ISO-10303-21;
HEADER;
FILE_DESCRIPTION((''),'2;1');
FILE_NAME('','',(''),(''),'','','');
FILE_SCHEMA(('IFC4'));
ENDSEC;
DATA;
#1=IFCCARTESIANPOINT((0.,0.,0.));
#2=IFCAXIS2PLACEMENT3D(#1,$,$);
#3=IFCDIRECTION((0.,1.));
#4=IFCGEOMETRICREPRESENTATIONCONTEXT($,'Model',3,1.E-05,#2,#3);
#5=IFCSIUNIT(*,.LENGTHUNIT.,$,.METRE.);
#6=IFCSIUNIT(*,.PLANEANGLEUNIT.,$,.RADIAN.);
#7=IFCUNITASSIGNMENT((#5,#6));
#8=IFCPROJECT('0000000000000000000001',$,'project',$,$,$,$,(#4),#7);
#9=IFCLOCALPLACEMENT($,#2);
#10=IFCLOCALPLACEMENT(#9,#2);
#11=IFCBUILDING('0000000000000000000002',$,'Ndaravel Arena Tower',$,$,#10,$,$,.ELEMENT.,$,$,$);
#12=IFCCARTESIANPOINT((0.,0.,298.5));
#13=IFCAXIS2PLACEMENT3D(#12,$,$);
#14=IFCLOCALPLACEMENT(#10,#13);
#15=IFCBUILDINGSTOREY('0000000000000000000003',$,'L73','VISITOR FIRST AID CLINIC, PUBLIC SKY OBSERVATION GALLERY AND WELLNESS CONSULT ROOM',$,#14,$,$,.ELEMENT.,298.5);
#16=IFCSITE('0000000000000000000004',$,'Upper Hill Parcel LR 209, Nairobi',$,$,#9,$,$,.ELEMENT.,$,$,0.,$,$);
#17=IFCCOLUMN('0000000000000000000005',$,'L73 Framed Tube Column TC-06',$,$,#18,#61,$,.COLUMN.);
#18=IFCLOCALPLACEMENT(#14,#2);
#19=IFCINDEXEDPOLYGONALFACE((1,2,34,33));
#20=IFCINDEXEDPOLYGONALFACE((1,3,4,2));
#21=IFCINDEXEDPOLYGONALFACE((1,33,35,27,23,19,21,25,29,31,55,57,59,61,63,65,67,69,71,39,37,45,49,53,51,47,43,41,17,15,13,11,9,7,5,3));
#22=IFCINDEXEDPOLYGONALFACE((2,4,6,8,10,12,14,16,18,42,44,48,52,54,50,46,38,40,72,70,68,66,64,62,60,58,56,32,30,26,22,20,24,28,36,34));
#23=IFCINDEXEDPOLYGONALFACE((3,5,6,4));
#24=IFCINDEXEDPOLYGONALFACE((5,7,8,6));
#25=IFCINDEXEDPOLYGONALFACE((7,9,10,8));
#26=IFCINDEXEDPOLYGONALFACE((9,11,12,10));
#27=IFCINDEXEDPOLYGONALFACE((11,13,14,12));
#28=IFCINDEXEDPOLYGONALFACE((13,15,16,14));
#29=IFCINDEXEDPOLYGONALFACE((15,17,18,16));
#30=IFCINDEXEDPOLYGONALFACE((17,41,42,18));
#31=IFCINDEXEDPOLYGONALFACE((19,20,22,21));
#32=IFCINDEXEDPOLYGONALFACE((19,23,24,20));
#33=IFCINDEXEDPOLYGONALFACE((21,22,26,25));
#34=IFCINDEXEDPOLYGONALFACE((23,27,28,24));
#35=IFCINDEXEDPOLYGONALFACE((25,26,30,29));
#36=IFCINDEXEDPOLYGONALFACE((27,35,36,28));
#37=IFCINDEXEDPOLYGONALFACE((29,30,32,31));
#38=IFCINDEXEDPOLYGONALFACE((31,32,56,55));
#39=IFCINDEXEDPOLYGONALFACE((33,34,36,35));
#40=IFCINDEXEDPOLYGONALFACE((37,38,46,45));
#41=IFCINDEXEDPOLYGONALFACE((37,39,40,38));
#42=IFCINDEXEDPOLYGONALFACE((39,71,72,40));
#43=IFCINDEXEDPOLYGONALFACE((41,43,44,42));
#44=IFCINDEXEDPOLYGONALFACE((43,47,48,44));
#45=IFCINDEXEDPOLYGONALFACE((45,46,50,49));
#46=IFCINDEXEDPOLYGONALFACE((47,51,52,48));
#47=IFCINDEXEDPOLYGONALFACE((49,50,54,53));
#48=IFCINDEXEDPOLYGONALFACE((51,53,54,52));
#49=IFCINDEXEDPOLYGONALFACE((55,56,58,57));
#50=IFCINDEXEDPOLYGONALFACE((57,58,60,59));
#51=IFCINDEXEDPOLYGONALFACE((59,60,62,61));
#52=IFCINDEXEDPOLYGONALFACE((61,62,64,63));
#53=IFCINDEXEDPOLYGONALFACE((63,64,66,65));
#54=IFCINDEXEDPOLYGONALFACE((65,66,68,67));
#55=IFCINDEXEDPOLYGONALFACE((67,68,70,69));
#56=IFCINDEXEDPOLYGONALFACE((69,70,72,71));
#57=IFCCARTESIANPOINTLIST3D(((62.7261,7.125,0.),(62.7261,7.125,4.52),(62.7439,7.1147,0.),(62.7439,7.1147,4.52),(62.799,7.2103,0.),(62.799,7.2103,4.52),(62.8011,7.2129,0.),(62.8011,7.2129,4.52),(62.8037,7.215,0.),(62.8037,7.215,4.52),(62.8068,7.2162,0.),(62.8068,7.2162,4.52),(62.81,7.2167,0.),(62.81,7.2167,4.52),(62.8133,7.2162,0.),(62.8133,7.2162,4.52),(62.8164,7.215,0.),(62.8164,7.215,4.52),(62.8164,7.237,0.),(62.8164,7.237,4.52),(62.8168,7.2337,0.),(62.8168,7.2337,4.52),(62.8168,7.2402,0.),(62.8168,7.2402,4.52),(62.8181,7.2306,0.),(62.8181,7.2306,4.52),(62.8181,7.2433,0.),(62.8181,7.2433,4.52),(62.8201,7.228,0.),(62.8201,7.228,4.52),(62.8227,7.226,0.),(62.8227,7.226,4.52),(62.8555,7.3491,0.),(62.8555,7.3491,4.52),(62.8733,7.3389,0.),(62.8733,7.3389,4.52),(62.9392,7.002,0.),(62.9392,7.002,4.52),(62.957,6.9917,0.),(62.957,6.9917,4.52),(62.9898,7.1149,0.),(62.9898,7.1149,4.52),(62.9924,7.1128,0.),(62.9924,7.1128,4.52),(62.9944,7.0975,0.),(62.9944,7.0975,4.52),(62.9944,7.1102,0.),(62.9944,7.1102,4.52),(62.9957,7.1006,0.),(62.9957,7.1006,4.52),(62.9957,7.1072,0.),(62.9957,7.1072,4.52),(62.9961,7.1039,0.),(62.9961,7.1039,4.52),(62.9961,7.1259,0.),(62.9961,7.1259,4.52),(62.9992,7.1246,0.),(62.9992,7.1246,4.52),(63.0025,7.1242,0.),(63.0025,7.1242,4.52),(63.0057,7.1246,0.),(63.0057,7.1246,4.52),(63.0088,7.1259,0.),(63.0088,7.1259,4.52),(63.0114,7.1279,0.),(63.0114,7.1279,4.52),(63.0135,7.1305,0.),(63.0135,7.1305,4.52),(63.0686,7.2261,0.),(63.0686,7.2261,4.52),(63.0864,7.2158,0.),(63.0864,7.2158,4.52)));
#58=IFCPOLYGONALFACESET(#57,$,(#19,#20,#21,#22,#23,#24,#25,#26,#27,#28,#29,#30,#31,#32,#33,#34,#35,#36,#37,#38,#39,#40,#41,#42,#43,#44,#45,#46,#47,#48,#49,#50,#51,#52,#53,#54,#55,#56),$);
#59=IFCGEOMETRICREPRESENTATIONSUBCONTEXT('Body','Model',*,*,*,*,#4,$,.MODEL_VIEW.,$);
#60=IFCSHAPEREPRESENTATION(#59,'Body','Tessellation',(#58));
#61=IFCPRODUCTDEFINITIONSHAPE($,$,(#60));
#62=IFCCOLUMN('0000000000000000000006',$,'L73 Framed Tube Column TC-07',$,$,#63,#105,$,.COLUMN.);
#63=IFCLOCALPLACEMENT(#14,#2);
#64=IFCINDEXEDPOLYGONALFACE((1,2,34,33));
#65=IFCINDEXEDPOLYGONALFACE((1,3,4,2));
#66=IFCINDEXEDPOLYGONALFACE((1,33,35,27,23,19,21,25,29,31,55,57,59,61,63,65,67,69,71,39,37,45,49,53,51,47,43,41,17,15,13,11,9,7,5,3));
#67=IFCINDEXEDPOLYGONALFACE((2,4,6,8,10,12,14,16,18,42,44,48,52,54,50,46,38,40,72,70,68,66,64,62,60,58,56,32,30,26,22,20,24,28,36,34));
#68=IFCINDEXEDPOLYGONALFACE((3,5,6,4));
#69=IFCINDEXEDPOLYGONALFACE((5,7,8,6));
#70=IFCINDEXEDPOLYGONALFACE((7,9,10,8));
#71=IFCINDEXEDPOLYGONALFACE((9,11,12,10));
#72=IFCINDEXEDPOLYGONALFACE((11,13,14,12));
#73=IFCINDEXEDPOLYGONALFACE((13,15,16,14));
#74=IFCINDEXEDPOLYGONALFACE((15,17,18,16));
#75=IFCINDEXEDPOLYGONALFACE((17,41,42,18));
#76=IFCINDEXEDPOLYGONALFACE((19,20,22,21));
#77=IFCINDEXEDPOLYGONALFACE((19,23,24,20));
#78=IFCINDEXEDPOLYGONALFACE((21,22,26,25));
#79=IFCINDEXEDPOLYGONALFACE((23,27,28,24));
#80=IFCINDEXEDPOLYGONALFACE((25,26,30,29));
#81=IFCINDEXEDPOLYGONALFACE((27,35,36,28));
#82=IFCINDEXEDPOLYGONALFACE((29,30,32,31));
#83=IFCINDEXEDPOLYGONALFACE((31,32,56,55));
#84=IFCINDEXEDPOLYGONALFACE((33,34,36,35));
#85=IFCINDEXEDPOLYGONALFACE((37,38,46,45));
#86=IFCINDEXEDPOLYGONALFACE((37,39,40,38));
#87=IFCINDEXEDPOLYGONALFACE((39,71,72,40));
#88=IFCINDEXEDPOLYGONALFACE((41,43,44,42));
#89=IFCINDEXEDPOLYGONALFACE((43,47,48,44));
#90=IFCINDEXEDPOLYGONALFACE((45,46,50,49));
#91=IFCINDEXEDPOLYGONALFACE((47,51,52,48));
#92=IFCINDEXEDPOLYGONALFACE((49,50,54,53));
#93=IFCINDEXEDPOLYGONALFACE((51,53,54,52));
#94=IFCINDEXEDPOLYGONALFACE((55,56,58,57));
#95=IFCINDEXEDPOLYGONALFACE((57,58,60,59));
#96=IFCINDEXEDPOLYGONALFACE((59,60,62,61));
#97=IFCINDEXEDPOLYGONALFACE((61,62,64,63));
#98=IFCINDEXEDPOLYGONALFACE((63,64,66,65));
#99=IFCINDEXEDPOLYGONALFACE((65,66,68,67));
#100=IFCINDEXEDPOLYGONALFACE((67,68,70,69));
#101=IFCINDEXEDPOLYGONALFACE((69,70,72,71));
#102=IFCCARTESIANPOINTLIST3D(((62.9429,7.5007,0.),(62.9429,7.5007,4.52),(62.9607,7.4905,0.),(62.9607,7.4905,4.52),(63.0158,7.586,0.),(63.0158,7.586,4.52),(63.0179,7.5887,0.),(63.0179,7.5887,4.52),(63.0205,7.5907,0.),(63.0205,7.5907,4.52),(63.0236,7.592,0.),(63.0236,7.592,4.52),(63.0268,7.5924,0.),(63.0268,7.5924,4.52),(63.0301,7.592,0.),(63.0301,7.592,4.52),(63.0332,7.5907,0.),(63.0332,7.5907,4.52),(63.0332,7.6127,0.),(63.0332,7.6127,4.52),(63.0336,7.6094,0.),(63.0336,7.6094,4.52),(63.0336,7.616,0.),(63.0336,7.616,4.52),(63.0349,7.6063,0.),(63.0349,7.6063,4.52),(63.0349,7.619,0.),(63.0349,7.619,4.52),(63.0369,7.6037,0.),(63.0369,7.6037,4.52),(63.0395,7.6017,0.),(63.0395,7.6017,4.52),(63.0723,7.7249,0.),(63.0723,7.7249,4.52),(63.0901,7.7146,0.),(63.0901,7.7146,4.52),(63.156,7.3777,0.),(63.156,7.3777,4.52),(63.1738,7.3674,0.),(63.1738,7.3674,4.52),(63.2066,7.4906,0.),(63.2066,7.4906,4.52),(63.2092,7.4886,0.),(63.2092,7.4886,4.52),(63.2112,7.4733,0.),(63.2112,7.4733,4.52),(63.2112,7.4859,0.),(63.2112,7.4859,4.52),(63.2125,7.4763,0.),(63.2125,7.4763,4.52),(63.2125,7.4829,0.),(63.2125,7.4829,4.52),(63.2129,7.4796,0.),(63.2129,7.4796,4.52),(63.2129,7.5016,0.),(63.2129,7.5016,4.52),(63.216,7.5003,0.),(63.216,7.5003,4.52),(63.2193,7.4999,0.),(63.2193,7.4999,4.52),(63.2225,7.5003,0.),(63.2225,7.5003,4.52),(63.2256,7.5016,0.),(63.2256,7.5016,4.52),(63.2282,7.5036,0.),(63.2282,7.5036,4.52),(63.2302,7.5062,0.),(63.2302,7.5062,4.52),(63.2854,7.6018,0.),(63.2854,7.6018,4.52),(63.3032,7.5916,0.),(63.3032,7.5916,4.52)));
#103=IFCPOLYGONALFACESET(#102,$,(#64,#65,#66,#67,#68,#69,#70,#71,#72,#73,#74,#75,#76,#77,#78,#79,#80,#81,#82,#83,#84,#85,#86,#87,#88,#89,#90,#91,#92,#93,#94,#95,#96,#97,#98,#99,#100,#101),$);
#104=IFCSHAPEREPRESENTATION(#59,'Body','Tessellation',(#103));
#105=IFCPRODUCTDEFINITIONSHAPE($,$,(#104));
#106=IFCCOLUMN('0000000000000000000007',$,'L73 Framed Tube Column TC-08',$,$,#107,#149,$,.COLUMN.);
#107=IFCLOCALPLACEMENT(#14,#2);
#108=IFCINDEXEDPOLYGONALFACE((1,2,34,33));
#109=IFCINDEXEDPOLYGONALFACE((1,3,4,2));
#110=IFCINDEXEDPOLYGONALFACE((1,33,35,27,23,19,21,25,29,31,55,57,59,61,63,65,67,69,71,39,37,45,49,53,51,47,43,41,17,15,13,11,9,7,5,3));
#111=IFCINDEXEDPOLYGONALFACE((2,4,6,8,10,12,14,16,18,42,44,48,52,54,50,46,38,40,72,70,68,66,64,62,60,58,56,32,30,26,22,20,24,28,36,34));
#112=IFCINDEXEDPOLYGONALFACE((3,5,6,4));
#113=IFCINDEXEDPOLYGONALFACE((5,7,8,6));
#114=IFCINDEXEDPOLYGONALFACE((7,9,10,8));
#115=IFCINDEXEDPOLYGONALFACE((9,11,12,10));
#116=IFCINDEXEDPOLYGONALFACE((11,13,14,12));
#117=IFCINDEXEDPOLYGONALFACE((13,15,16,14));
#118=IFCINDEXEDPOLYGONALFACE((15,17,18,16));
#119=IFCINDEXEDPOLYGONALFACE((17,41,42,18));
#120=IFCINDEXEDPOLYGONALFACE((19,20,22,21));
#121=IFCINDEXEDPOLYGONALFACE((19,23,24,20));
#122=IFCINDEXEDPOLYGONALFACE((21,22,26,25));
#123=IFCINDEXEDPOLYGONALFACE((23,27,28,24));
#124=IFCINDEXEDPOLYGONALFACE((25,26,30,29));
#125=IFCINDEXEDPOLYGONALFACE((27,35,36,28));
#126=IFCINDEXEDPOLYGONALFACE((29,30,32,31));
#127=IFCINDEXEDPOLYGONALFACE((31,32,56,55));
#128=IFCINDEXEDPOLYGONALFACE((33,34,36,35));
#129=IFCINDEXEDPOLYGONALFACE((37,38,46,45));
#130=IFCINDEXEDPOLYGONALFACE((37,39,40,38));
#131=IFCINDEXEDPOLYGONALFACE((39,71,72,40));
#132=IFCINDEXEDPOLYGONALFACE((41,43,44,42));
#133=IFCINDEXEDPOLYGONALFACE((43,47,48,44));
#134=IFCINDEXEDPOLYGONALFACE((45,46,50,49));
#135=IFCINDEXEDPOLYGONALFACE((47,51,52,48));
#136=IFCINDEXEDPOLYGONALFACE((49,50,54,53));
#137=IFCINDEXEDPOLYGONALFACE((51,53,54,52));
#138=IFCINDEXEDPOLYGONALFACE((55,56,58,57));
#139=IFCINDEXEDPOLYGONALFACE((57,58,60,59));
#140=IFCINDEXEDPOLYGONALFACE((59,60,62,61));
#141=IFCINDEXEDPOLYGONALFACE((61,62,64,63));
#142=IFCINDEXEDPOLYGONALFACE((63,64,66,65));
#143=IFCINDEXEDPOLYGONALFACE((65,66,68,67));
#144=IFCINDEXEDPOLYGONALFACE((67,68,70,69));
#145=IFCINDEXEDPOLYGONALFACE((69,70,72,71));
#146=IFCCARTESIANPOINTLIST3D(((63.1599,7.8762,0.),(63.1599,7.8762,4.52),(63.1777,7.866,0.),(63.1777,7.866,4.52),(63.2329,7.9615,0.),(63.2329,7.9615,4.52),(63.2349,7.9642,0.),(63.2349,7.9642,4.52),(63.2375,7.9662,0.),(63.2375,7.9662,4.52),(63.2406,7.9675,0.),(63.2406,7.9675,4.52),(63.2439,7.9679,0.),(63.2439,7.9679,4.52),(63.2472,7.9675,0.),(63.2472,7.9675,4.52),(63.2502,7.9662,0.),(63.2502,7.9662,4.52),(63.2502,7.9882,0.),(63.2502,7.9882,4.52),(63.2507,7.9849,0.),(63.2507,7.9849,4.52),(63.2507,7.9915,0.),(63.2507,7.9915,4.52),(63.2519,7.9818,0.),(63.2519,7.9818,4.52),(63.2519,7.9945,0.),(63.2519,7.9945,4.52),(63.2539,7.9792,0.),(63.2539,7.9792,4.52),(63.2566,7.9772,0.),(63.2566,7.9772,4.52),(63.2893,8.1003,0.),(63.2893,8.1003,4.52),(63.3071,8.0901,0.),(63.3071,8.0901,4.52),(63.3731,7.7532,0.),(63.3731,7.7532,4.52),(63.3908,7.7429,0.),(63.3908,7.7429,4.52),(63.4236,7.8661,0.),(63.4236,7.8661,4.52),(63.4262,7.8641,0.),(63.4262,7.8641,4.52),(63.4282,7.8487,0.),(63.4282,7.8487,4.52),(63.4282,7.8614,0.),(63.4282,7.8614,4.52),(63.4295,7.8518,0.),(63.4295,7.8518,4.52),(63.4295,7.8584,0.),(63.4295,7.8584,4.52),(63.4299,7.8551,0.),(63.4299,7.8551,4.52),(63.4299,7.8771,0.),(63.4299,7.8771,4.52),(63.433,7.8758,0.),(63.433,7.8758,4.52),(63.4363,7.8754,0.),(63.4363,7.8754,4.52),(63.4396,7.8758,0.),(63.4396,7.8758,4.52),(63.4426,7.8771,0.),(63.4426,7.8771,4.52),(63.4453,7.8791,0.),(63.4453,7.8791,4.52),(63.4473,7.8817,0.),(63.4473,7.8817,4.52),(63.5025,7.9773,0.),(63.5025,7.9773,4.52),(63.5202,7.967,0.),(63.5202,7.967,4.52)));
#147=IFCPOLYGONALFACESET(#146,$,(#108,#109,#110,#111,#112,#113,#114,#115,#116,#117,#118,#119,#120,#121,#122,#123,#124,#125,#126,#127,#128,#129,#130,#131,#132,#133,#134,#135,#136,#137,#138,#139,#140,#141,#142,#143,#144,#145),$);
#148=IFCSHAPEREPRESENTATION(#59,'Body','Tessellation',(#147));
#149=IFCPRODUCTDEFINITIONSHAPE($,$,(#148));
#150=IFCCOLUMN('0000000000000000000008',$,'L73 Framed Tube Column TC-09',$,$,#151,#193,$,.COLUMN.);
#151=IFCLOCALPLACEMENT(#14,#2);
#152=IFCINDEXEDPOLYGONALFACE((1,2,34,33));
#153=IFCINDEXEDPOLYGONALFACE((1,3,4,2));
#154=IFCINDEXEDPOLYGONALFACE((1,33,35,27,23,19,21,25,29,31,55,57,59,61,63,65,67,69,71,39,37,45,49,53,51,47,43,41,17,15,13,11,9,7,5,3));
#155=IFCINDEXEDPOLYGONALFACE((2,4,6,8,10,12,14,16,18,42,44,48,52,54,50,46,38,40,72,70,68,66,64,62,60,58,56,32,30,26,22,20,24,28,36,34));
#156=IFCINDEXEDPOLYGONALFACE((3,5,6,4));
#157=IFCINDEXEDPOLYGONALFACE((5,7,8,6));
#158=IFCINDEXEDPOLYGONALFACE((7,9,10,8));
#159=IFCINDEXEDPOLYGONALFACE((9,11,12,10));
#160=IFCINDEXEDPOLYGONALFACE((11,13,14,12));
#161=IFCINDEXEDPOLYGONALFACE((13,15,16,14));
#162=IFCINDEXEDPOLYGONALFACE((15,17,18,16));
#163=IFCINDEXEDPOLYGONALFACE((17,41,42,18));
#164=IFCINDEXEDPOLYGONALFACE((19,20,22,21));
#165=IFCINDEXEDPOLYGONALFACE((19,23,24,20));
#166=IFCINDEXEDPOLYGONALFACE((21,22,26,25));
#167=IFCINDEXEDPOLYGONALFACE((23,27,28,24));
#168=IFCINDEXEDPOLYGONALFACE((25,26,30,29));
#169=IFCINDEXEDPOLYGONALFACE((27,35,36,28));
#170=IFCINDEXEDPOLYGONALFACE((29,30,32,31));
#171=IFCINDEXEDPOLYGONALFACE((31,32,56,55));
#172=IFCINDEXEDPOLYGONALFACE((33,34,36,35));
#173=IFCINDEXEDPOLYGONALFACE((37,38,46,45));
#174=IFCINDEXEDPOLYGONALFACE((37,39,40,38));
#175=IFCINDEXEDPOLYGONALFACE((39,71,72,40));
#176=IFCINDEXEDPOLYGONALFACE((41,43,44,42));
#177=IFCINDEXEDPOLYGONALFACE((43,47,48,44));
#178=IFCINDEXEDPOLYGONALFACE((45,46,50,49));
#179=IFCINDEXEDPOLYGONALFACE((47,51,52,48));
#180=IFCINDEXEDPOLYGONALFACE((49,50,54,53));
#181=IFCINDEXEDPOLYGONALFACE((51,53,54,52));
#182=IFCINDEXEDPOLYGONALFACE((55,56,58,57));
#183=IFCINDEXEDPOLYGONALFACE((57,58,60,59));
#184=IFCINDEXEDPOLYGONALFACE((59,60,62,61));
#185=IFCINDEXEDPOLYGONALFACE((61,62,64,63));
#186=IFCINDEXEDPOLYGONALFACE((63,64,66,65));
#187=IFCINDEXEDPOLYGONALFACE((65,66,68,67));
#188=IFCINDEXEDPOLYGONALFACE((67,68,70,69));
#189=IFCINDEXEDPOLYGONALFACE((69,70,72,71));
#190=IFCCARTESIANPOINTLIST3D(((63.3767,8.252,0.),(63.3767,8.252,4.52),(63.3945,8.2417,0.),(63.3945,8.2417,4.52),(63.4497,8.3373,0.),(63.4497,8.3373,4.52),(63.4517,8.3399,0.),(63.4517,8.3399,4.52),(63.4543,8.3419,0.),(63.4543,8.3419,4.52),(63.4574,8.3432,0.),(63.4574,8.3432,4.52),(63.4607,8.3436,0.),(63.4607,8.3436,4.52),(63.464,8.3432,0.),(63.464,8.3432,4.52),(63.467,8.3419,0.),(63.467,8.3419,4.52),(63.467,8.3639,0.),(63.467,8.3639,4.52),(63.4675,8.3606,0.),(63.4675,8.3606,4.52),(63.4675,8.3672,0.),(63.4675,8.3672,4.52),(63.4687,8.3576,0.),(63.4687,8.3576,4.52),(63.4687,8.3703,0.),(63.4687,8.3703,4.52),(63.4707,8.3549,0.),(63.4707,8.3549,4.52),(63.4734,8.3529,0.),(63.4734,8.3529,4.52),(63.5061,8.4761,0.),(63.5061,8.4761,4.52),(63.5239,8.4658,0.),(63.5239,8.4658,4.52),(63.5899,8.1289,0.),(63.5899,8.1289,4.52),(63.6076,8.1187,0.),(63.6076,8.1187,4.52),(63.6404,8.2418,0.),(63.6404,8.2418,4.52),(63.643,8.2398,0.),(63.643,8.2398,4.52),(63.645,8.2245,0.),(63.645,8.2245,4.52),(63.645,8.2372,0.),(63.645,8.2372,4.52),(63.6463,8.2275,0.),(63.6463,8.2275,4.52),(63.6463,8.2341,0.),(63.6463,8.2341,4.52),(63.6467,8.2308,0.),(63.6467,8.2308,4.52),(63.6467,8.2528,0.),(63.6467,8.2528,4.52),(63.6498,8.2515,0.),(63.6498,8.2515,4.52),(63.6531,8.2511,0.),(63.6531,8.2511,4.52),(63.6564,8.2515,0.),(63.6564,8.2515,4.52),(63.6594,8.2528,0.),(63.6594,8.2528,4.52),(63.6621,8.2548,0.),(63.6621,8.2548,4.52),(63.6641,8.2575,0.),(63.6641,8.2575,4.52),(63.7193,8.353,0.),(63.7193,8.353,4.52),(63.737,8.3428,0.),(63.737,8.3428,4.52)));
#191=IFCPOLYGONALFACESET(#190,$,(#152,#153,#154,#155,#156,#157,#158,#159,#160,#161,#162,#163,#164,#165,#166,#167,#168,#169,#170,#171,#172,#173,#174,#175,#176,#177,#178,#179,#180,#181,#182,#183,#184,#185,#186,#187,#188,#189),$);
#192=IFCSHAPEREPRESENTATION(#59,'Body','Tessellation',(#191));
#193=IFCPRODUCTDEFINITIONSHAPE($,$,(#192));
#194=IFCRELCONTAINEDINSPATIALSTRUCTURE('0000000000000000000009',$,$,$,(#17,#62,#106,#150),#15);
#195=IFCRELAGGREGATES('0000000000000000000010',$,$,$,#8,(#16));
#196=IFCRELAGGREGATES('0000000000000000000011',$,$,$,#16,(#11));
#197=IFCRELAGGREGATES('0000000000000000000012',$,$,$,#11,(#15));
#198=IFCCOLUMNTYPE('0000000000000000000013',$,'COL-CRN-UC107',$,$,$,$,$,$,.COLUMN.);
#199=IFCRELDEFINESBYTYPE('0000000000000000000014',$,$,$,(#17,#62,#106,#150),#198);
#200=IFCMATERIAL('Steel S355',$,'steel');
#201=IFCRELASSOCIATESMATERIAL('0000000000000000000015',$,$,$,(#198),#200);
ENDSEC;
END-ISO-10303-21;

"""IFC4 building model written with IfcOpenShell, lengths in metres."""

from ifc_helpers import new_model, si_unit, direction, frame, origin, origin_2d, place, context, subcontext, project, spatial, i_section, extrude, material, material_profile, profile_set, type_object, element, save


model = new_model("IFC4")

# Units and contexts
model_context = context("Model", 3, precision=1e-05, world=origin(), true_north=direction((0.0, 1.0)))
body_context = subcontext(model_context, "Body", "Model", "MODEL_VIEW")
ifc_project = project(units=[si_unit("LENGTHUNIT", "METRE"), si_unit("PLANEANGLEUNIT", "RADIAN")], contexts=[model_context])

# Site, building, storey
site_placement = place(None, origin())
site = spatial("IfcSite", under=ifc_project, at=site_placement, Name="Upper Hill Parcel LR 209, Nairobi", CompositionType="ELEMENT", RefElevation=0.0)
building_placement = place(site_placement, origin())
building = spatial("IfcBuilding", under=site, at=building_placement, Name="Ndaravel Arena Tower", CompositionType="ELEMENT")
storey_placement = place(building_placement, frame((0.0, 0.0, 298.5)))
storey = spatial("IfcBuildingStorey", under=building, at=storey_placement, Name="L73", Description="VISITOR FIRST AID CLINIC, PUBLIC SKY OBSERVATION GALLERY AND WELLNESS CONSULT ROOM", CompositionType="ELEMENT", Elevation=298.5)

# Columns
ifc_material_1 = material(Name="Steel S355", Category="steel")
ifc_material_profile_1 = material_profile(ifc_material_1, i_section(OverallWidth=0.2588, OverallDepth=0.2666, WebThickness=0.0127, FlangeThickness=0.0205, FilletRadius=0.0127, at=origin_2d()), Name="UC 254x254x107")
ifc_profile_set_1 = profile_set([ifc_material_profile_1], Name="Steel S355")
column_type = type_object("IfcColumnType", Name="COL-CRN-UC107", PredefinedType="COLUMN", material=ifc_profile_set_1)
for number, where, z_axis, x_axis, name in (
    (1, (62.9062, 7.1704, 0.0), (0.0, 0.0, 1.0), (0.5, 0.866025, 0.0), "L73 Framed Tube Column TC-06"),
    (2, (63.123, 7.5461, 0.0), (0.0, 0.0, 1.0), (0.5, 0.866025, 0.0), "L73 Framed Tube Column TC-07"),
    (3, (63.3401, 7.9216, 0.0), (0.0, 0.0, 1.0), (0.5, 0.866025, 0.0), "L73 Framed Tube Column TC-08"),
    (4, (63.5569, 8.2974, 0.0), (0.0, 0.0, 1.0), (0.5, 0.866025, 0.0), "L73 Framed Tube Column TC-09"),
):
    element("IfcColumn", number, at=place(storey_placement, frame(where, z_axis=z_axis, x_axis=x_axis)), inside=storey, type_object=column_type, Name=name, PredefinedType="COLUMN", context=body_context, shape_type="SweptSolid", body=[
        extrude(i_section(OverallWidth=0.2588, OverallDepth=0.2666, WebThickness=0.0127, FlangeThickness=0.0205, FilletRadius=0.0127, at=origin_2d()), origin(), (0.0, 0.0, 1.0), 4.52),
    ])

save(model, "model.ifc")
